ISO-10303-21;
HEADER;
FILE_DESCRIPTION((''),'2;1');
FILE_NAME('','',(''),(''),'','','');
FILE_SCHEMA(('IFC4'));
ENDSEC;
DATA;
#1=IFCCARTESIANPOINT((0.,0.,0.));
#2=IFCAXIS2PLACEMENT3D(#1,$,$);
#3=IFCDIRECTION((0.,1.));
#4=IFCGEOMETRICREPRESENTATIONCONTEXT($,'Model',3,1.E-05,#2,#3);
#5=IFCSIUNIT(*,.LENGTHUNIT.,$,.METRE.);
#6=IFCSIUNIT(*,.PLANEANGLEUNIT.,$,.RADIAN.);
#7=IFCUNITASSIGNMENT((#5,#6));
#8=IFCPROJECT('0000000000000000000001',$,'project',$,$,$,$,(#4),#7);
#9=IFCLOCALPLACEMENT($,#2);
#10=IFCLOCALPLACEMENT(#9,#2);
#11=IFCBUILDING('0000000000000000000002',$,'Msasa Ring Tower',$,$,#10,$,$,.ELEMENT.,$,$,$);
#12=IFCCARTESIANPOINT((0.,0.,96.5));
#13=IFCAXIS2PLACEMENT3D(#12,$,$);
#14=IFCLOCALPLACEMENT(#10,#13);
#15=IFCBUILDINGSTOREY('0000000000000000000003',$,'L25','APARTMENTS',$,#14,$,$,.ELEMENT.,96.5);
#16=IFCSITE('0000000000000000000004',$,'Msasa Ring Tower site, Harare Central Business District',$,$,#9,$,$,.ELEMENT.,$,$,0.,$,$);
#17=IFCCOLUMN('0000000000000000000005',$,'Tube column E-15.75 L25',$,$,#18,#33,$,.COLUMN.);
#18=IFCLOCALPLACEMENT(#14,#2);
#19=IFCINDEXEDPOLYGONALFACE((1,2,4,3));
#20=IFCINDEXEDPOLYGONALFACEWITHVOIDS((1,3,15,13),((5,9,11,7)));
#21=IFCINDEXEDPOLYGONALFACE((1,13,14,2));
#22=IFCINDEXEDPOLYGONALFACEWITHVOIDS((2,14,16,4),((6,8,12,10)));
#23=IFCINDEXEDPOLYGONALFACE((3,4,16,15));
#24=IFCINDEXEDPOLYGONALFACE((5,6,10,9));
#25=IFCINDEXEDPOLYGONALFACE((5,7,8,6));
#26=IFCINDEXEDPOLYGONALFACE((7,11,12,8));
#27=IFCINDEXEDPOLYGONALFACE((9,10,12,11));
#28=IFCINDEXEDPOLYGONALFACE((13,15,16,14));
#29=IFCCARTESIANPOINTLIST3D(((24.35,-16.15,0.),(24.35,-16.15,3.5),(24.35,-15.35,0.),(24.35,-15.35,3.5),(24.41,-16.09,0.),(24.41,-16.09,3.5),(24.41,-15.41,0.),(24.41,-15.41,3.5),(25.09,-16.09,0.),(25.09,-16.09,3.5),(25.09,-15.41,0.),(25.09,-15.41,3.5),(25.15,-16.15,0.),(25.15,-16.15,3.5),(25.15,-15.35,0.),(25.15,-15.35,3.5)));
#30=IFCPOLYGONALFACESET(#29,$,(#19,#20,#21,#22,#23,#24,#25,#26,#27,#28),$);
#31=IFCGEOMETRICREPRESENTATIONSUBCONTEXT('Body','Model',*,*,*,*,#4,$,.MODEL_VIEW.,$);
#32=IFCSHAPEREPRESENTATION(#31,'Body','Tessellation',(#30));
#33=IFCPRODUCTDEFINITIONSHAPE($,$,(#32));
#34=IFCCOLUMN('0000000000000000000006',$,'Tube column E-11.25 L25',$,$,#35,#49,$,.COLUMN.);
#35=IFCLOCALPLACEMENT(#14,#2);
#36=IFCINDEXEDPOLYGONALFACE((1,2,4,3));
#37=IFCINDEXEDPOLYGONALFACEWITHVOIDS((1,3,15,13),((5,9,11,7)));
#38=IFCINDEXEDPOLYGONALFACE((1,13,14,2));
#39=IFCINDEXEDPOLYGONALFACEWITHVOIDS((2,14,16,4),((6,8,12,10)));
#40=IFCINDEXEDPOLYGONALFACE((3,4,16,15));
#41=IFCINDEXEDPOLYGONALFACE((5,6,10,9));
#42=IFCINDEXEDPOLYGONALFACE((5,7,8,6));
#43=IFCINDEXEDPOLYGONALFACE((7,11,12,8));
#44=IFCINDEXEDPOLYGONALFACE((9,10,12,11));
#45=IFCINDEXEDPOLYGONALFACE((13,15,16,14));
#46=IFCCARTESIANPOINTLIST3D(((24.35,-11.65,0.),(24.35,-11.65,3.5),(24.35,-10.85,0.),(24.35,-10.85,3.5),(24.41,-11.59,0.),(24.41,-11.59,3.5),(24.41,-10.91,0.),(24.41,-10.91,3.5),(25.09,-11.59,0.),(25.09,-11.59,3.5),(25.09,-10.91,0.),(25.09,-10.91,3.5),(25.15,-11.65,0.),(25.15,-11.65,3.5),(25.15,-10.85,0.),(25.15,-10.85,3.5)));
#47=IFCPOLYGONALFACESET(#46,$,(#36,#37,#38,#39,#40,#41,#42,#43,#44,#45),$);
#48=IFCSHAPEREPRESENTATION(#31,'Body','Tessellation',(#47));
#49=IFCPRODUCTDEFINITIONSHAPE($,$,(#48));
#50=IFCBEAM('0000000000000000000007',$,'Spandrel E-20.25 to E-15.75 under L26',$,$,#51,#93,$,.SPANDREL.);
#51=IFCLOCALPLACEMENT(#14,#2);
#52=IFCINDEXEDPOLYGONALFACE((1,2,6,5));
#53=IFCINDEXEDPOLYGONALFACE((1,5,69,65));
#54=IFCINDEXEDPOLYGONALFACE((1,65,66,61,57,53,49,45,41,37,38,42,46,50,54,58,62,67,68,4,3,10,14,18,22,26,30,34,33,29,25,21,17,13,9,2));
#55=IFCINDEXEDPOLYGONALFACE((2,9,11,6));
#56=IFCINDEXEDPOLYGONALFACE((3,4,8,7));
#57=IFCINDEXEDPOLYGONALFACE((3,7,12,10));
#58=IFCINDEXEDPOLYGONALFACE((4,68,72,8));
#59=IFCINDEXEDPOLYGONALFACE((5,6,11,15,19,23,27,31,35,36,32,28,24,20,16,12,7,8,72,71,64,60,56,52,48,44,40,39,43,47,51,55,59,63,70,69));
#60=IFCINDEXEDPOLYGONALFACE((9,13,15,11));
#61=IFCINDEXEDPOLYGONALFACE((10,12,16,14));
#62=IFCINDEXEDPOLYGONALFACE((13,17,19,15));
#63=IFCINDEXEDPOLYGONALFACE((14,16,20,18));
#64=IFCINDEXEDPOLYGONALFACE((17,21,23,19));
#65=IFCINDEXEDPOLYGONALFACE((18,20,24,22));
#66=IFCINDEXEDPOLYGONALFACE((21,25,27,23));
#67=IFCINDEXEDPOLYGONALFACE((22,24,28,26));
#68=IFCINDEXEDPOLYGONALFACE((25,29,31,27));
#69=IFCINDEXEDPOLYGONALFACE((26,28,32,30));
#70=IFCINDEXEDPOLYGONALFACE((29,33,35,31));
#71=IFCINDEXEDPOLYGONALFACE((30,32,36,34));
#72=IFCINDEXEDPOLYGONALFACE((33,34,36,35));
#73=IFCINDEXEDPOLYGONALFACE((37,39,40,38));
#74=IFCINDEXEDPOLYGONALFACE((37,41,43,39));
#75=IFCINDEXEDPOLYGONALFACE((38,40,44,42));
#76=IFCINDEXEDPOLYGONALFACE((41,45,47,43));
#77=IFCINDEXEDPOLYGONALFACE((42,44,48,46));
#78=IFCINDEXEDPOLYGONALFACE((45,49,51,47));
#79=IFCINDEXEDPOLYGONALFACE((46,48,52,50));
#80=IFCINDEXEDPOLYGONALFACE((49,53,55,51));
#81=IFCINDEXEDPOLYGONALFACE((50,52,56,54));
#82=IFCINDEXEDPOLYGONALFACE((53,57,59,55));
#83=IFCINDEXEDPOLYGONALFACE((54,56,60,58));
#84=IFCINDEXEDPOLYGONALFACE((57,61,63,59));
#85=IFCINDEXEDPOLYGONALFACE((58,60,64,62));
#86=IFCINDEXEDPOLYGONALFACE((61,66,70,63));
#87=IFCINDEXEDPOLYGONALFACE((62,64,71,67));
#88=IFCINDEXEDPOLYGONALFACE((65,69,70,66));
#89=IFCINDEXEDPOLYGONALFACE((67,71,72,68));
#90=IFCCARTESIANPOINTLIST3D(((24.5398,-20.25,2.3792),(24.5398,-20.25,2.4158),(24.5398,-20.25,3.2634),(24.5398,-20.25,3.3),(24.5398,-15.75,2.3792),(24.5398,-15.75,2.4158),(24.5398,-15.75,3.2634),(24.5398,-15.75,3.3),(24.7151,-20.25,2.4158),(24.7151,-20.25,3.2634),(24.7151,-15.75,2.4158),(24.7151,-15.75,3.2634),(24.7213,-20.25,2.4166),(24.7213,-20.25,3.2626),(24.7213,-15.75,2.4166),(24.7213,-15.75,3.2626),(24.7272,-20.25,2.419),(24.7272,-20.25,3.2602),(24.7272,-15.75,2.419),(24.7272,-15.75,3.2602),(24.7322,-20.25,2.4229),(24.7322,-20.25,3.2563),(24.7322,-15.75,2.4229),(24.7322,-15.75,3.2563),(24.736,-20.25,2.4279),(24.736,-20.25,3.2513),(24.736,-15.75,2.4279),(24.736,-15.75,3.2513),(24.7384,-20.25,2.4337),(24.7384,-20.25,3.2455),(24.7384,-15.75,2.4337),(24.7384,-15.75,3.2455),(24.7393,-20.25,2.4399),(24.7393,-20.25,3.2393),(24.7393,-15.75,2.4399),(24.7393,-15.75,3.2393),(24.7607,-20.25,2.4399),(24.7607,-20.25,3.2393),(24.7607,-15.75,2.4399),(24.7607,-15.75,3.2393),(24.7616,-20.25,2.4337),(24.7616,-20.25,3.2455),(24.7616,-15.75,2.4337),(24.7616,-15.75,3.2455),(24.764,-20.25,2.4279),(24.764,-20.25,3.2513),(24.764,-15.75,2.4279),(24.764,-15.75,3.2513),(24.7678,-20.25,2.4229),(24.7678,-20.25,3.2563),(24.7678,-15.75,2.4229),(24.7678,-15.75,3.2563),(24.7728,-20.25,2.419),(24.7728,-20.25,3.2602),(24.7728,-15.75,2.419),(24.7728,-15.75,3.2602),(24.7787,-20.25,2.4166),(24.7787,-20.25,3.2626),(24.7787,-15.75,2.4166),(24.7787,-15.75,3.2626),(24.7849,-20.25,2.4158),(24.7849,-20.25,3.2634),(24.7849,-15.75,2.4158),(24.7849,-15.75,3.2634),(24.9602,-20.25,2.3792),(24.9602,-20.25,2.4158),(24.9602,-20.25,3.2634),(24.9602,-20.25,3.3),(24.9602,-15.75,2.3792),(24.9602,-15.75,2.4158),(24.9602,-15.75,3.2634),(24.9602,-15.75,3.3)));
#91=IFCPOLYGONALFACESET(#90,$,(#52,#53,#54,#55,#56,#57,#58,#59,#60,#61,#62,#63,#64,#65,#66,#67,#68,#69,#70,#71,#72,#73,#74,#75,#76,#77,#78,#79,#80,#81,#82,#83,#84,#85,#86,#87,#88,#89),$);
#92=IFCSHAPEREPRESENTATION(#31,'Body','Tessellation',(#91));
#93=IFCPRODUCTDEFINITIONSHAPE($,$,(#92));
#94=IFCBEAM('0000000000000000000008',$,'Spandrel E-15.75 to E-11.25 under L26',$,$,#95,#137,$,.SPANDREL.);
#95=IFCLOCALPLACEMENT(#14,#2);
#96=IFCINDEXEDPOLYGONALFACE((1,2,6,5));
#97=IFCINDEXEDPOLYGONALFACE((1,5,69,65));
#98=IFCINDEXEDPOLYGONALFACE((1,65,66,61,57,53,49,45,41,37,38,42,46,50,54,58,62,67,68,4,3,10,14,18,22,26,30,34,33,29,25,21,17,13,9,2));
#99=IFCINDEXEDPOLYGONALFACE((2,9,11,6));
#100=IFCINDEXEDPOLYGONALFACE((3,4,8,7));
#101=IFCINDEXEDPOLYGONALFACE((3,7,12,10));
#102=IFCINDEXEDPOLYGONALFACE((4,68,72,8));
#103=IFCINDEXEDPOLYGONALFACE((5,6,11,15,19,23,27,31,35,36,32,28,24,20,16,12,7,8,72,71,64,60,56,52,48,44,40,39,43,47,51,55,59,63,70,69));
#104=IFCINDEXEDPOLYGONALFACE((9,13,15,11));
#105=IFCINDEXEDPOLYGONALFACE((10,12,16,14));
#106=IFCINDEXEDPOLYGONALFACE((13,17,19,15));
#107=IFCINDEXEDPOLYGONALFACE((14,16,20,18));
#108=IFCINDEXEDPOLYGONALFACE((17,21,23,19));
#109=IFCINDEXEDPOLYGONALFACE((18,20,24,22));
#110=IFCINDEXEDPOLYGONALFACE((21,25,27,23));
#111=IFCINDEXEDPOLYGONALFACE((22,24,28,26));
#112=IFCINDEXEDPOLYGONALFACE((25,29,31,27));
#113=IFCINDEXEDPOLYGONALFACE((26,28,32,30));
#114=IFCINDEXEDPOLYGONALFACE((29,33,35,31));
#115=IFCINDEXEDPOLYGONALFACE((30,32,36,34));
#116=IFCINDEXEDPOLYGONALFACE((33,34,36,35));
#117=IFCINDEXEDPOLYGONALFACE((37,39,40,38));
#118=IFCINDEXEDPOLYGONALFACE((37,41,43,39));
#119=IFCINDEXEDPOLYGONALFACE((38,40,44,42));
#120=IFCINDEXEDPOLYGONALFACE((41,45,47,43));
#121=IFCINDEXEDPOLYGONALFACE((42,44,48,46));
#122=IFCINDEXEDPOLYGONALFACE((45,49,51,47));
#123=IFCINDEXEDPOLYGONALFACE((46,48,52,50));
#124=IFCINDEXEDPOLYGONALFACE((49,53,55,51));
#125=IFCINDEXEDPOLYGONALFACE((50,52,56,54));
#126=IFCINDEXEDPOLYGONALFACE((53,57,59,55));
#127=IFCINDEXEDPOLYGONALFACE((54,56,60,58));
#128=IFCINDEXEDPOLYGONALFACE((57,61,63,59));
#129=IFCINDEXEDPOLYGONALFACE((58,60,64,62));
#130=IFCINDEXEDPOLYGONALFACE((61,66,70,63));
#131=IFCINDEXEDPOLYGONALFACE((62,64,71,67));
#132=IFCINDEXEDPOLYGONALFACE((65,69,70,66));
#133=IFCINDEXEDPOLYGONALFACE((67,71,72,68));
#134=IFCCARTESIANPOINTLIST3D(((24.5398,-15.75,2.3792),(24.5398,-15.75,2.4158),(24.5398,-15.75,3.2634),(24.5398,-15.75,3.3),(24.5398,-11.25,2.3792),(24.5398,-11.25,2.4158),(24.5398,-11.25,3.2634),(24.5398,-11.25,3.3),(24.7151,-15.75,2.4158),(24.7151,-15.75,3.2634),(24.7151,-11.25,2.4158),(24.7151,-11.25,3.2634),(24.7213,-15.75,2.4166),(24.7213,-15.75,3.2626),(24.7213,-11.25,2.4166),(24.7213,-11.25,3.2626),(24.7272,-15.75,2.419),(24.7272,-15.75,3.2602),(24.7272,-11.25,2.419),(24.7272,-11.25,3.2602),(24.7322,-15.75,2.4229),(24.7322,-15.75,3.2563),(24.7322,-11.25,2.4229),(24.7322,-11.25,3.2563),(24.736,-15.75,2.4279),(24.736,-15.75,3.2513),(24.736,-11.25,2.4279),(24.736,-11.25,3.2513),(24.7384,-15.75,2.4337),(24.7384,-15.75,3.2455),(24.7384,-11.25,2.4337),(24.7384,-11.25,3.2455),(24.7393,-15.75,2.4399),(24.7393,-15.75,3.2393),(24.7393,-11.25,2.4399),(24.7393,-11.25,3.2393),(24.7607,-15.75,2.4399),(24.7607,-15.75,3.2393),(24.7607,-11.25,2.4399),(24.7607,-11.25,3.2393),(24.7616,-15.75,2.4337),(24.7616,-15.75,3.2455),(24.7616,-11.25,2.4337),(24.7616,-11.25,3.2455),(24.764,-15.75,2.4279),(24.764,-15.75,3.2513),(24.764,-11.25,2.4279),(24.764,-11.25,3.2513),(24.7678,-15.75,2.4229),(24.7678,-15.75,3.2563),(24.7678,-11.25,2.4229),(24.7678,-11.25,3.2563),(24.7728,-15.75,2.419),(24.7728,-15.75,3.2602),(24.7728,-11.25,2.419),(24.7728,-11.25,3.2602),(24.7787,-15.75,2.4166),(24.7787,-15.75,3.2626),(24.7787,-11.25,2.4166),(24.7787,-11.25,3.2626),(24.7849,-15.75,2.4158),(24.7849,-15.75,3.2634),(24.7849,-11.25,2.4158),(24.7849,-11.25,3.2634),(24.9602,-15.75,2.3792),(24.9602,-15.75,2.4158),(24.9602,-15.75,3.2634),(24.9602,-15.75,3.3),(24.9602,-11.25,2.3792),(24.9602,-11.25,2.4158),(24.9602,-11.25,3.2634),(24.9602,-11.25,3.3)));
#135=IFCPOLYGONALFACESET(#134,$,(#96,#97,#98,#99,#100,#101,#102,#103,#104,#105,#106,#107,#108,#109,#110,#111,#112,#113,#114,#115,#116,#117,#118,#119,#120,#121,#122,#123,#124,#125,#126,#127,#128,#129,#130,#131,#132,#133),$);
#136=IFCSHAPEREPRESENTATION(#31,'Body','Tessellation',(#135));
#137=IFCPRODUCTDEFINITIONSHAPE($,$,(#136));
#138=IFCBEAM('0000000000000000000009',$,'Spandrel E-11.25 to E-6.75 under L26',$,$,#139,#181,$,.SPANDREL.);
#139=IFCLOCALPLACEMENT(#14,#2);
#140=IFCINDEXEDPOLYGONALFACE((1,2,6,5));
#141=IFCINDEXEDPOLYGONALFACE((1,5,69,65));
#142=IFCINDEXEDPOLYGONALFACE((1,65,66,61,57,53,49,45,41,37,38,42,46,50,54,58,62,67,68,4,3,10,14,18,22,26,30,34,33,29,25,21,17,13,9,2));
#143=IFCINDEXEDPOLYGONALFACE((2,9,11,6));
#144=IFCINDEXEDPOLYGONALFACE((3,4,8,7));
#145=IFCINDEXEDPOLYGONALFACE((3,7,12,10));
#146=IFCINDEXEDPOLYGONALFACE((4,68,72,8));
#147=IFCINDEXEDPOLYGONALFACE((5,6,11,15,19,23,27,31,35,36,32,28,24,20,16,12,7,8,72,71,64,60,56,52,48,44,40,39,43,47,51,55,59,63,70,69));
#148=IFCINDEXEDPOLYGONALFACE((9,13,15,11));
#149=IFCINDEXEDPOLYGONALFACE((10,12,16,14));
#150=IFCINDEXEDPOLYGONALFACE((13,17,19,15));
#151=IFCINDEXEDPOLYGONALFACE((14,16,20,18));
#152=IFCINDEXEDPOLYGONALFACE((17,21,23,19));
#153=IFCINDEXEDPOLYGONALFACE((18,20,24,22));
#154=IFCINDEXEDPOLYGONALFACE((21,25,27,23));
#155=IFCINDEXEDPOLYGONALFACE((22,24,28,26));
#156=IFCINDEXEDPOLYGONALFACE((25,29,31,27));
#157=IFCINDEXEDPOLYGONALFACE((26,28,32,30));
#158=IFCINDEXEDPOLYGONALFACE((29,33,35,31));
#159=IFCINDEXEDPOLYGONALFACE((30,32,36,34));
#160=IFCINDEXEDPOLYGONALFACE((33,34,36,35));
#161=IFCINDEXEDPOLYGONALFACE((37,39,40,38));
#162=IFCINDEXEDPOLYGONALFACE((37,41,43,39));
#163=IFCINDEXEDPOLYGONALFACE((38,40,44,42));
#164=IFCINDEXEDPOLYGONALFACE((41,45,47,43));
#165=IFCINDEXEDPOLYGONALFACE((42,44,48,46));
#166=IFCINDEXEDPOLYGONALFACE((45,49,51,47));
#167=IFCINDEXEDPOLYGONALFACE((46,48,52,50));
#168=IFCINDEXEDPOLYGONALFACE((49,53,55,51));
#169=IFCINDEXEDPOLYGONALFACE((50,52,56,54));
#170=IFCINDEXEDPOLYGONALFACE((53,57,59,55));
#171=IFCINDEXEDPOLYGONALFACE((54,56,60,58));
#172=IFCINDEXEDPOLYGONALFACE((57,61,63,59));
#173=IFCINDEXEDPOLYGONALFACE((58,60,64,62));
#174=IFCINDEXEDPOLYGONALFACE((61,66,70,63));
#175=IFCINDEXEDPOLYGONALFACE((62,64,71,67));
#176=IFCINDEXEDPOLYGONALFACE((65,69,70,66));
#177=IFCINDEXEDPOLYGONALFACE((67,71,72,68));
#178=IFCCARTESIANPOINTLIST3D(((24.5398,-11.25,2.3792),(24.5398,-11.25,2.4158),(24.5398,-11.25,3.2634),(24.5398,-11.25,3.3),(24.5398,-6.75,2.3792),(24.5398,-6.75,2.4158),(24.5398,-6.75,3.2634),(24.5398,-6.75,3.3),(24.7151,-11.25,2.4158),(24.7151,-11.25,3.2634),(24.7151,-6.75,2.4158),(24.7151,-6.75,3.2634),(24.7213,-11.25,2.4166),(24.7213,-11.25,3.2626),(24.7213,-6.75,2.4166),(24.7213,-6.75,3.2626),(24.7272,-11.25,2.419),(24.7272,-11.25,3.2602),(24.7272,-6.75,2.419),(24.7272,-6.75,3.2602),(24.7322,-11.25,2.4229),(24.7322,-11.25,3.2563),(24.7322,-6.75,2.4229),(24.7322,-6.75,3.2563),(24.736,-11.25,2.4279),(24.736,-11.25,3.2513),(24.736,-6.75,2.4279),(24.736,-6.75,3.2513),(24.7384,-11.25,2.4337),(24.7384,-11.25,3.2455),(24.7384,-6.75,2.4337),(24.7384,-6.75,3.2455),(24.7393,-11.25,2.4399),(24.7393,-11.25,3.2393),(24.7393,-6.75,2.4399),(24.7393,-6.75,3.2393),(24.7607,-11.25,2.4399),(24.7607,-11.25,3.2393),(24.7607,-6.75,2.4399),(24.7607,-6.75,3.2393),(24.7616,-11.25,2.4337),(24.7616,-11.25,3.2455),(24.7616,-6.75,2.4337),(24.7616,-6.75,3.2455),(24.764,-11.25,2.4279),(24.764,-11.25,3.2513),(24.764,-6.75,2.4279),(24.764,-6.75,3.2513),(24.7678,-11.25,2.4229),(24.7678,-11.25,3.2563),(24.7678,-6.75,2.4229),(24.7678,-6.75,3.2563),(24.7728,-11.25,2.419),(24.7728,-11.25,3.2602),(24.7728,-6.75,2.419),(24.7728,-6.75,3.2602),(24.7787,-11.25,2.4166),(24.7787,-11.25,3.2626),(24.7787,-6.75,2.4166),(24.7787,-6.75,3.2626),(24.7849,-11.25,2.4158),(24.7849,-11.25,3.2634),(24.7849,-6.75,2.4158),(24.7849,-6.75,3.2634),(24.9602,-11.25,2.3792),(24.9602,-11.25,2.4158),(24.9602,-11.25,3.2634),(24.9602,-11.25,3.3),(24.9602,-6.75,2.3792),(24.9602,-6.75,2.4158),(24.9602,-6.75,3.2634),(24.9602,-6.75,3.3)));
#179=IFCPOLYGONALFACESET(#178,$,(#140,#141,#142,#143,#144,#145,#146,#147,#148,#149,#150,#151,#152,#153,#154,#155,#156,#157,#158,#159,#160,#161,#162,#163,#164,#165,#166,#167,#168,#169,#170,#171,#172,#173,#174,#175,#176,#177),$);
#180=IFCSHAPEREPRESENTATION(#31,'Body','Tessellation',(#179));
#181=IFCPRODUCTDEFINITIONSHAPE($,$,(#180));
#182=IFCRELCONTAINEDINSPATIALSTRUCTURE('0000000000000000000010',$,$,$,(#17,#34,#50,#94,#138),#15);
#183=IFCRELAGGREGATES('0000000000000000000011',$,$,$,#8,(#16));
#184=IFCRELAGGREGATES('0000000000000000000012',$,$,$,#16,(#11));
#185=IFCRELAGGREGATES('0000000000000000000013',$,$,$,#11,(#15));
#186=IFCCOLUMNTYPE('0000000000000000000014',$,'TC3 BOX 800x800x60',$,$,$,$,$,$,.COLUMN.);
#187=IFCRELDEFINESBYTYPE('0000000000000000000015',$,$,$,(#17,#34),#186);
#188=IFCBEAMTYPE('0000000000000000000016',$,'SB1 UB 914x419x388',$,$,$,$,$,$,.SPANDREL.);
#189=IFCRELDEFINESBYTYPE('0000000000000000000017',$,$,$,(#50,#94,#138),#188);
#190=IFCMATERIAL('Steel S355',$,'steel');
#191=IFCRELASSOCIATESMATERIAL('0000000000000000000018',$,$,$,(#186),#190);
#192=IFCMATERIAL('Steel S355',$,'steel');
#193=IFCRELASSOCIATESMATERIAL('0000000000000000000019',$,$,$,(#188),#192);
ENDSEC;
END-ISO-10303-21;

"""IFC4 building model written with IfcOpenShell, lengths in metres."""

from ifc_helpers import new_model, si_unit, direction, frame, origin, origin_2d, place, context, subcontext, project, spatial, hollow_rectangle, i_section, extrude, material, material_profile, profile_set, type_object, element, save


model = new_model("IFC4")

# Units and contexts
model_context = context("Model", 3, precision=1e-05, world=origin(), true_north=direction((0.0, 1.0)))
body_context = subcontext(model_context, "Body", "Model", "MODEL_VIEW")
ifc_project = project(units=[si_unit("LENGTHUNIT", "METRE"), si_unit("PLANEANGLEUNIT", "RADIAN")], contexts=[model_context])

# Site, building, storey
site_placement = place(None, origin())
site = spatial("IfcSite", under=ifc_project, at=site_placement, Name="Msasa Ring Tower site, Harare Central Business District", CompositionType="ELEMENT", RefElevation=0.0)
building_placement = place(site_placement, origin())
building = spatial("IfcBuilding", under=site, at=building_placement, Name="Msasa Ring Tower", CompositionType="ELEMENT")
storey_placement = place(building_placement, frame((0.0, 0.0, 96.5)))
storey = spatial("IfcBuildingStorey", under=building, at=storey_placement, Name="L25", Description="APARTMENTS", CompositionType="ELEMENT", Elevation=96.5)

# Columns
ifc_material_1 = material(Name="Steel S355", Category="steel")
ifc_material_profile_1 = material_profile(ifc_material_1, hollow_rectangle(XDim=0.8, YDim=0.8, WallThickness=0.0601, at=origin_2d()), Name="BOX 800x800x60")
ifc_profile_set_1 = profile_set([ifc_material_profile_1], Name="Steel S355")
column_type = type_object("IfcColumnType", Name="TC3 BOX 800x800x60", PredefinedType="COLUMN", material=ifc_profile_set_1)
for number, where, z_axis, x_axis, name in (
    (1, (24.75, -15.75, 0.0), (0.0, 0.0, 1.0), (1.0, 0.0, 0.0), "Tube column E-15.75 L25"),
    (2, (24.75, -11.25, 0.0), (0.0, 0.0, 1.0), (1.0, 0.0, 0.0), "Tube column E-11.25 L25"),
):
    element("IfcColumn", number, at=place(storey_placement, frame(where, z_axis=z_axis, x_axis=x_axis)), inside=storey, type_object=column_type, Name=name, PredefinedType="COLUMN", context=body_context, shape_type="SweptSolid", body=[
        extrude(hollow_rectangle(XDim=0.8, YDim=0.8, WallThickness=0.0601, at=origin_2d()), origin(), (0.0, 0.0, 1.0), 3.5),
    ])

# Beams
ifc_material_2 = material(Name="Steel S355", Category="steel")
ifc_material_profile_2 = material_profile(ifc_material_2, i_section(OverallWidth=0.4204, OverallDepth=0.9209, WebThickness=0.0215, FlangeThickness=0.0366, FilletRadius=0.0242, at=origin_2d()), Name="UB 914x419x388")
ifc_profile_set_2 = profile_set([ifc_material_profile_2], Name="Steel S355")
beam_type = type_object("IfcBeamType", Name="SB1 UB 914x419x388", PredefinedType="SPANDREL", material=ifc_profile_set_2)
for number, where, z_axis, x_axis, name in (
    (3, (24.75, -20.25, 2.8396), (0.0, 1.0, 0.0), (-1.0, 0.0, 0.0), "Spandrel E-20.25 to E-15.75 under L26"),
    (4, (24.75, -15.75, 2.8396), (0.0, 1.0, 0.0), (-1.0, 0.0, 0.0), "Spandrel E-15.75 to E-11.25 under L26"),
    (5, (24.75, -11.25, 2.8396), (0.0, 1.0, 0.0), (-1.0, 0.0, 0.0), "Spandrel E-11.25 to E-6.75 under L26"),
):
    element("IfcBeam", number, at=place(storey_placement, frame(where, z_axis=z_axis, x_axis=x_axis)), inside=storey, type_object=beam_type, Name=name, PredefinedType="SPANDREL", context=body_context, shape_type="SweptSolid", body=[
        extrude(i_section(OverallWidth=0.4204, OverallDepth=0.9209, WebThickness=0.0215, FlangeThickness=0.0366, FilletRadius=0.0242, at=origin_2d()), origin(), (0.0, 0.0, 1.0), 4.5),
    ])

save(model, "model.ifc")
